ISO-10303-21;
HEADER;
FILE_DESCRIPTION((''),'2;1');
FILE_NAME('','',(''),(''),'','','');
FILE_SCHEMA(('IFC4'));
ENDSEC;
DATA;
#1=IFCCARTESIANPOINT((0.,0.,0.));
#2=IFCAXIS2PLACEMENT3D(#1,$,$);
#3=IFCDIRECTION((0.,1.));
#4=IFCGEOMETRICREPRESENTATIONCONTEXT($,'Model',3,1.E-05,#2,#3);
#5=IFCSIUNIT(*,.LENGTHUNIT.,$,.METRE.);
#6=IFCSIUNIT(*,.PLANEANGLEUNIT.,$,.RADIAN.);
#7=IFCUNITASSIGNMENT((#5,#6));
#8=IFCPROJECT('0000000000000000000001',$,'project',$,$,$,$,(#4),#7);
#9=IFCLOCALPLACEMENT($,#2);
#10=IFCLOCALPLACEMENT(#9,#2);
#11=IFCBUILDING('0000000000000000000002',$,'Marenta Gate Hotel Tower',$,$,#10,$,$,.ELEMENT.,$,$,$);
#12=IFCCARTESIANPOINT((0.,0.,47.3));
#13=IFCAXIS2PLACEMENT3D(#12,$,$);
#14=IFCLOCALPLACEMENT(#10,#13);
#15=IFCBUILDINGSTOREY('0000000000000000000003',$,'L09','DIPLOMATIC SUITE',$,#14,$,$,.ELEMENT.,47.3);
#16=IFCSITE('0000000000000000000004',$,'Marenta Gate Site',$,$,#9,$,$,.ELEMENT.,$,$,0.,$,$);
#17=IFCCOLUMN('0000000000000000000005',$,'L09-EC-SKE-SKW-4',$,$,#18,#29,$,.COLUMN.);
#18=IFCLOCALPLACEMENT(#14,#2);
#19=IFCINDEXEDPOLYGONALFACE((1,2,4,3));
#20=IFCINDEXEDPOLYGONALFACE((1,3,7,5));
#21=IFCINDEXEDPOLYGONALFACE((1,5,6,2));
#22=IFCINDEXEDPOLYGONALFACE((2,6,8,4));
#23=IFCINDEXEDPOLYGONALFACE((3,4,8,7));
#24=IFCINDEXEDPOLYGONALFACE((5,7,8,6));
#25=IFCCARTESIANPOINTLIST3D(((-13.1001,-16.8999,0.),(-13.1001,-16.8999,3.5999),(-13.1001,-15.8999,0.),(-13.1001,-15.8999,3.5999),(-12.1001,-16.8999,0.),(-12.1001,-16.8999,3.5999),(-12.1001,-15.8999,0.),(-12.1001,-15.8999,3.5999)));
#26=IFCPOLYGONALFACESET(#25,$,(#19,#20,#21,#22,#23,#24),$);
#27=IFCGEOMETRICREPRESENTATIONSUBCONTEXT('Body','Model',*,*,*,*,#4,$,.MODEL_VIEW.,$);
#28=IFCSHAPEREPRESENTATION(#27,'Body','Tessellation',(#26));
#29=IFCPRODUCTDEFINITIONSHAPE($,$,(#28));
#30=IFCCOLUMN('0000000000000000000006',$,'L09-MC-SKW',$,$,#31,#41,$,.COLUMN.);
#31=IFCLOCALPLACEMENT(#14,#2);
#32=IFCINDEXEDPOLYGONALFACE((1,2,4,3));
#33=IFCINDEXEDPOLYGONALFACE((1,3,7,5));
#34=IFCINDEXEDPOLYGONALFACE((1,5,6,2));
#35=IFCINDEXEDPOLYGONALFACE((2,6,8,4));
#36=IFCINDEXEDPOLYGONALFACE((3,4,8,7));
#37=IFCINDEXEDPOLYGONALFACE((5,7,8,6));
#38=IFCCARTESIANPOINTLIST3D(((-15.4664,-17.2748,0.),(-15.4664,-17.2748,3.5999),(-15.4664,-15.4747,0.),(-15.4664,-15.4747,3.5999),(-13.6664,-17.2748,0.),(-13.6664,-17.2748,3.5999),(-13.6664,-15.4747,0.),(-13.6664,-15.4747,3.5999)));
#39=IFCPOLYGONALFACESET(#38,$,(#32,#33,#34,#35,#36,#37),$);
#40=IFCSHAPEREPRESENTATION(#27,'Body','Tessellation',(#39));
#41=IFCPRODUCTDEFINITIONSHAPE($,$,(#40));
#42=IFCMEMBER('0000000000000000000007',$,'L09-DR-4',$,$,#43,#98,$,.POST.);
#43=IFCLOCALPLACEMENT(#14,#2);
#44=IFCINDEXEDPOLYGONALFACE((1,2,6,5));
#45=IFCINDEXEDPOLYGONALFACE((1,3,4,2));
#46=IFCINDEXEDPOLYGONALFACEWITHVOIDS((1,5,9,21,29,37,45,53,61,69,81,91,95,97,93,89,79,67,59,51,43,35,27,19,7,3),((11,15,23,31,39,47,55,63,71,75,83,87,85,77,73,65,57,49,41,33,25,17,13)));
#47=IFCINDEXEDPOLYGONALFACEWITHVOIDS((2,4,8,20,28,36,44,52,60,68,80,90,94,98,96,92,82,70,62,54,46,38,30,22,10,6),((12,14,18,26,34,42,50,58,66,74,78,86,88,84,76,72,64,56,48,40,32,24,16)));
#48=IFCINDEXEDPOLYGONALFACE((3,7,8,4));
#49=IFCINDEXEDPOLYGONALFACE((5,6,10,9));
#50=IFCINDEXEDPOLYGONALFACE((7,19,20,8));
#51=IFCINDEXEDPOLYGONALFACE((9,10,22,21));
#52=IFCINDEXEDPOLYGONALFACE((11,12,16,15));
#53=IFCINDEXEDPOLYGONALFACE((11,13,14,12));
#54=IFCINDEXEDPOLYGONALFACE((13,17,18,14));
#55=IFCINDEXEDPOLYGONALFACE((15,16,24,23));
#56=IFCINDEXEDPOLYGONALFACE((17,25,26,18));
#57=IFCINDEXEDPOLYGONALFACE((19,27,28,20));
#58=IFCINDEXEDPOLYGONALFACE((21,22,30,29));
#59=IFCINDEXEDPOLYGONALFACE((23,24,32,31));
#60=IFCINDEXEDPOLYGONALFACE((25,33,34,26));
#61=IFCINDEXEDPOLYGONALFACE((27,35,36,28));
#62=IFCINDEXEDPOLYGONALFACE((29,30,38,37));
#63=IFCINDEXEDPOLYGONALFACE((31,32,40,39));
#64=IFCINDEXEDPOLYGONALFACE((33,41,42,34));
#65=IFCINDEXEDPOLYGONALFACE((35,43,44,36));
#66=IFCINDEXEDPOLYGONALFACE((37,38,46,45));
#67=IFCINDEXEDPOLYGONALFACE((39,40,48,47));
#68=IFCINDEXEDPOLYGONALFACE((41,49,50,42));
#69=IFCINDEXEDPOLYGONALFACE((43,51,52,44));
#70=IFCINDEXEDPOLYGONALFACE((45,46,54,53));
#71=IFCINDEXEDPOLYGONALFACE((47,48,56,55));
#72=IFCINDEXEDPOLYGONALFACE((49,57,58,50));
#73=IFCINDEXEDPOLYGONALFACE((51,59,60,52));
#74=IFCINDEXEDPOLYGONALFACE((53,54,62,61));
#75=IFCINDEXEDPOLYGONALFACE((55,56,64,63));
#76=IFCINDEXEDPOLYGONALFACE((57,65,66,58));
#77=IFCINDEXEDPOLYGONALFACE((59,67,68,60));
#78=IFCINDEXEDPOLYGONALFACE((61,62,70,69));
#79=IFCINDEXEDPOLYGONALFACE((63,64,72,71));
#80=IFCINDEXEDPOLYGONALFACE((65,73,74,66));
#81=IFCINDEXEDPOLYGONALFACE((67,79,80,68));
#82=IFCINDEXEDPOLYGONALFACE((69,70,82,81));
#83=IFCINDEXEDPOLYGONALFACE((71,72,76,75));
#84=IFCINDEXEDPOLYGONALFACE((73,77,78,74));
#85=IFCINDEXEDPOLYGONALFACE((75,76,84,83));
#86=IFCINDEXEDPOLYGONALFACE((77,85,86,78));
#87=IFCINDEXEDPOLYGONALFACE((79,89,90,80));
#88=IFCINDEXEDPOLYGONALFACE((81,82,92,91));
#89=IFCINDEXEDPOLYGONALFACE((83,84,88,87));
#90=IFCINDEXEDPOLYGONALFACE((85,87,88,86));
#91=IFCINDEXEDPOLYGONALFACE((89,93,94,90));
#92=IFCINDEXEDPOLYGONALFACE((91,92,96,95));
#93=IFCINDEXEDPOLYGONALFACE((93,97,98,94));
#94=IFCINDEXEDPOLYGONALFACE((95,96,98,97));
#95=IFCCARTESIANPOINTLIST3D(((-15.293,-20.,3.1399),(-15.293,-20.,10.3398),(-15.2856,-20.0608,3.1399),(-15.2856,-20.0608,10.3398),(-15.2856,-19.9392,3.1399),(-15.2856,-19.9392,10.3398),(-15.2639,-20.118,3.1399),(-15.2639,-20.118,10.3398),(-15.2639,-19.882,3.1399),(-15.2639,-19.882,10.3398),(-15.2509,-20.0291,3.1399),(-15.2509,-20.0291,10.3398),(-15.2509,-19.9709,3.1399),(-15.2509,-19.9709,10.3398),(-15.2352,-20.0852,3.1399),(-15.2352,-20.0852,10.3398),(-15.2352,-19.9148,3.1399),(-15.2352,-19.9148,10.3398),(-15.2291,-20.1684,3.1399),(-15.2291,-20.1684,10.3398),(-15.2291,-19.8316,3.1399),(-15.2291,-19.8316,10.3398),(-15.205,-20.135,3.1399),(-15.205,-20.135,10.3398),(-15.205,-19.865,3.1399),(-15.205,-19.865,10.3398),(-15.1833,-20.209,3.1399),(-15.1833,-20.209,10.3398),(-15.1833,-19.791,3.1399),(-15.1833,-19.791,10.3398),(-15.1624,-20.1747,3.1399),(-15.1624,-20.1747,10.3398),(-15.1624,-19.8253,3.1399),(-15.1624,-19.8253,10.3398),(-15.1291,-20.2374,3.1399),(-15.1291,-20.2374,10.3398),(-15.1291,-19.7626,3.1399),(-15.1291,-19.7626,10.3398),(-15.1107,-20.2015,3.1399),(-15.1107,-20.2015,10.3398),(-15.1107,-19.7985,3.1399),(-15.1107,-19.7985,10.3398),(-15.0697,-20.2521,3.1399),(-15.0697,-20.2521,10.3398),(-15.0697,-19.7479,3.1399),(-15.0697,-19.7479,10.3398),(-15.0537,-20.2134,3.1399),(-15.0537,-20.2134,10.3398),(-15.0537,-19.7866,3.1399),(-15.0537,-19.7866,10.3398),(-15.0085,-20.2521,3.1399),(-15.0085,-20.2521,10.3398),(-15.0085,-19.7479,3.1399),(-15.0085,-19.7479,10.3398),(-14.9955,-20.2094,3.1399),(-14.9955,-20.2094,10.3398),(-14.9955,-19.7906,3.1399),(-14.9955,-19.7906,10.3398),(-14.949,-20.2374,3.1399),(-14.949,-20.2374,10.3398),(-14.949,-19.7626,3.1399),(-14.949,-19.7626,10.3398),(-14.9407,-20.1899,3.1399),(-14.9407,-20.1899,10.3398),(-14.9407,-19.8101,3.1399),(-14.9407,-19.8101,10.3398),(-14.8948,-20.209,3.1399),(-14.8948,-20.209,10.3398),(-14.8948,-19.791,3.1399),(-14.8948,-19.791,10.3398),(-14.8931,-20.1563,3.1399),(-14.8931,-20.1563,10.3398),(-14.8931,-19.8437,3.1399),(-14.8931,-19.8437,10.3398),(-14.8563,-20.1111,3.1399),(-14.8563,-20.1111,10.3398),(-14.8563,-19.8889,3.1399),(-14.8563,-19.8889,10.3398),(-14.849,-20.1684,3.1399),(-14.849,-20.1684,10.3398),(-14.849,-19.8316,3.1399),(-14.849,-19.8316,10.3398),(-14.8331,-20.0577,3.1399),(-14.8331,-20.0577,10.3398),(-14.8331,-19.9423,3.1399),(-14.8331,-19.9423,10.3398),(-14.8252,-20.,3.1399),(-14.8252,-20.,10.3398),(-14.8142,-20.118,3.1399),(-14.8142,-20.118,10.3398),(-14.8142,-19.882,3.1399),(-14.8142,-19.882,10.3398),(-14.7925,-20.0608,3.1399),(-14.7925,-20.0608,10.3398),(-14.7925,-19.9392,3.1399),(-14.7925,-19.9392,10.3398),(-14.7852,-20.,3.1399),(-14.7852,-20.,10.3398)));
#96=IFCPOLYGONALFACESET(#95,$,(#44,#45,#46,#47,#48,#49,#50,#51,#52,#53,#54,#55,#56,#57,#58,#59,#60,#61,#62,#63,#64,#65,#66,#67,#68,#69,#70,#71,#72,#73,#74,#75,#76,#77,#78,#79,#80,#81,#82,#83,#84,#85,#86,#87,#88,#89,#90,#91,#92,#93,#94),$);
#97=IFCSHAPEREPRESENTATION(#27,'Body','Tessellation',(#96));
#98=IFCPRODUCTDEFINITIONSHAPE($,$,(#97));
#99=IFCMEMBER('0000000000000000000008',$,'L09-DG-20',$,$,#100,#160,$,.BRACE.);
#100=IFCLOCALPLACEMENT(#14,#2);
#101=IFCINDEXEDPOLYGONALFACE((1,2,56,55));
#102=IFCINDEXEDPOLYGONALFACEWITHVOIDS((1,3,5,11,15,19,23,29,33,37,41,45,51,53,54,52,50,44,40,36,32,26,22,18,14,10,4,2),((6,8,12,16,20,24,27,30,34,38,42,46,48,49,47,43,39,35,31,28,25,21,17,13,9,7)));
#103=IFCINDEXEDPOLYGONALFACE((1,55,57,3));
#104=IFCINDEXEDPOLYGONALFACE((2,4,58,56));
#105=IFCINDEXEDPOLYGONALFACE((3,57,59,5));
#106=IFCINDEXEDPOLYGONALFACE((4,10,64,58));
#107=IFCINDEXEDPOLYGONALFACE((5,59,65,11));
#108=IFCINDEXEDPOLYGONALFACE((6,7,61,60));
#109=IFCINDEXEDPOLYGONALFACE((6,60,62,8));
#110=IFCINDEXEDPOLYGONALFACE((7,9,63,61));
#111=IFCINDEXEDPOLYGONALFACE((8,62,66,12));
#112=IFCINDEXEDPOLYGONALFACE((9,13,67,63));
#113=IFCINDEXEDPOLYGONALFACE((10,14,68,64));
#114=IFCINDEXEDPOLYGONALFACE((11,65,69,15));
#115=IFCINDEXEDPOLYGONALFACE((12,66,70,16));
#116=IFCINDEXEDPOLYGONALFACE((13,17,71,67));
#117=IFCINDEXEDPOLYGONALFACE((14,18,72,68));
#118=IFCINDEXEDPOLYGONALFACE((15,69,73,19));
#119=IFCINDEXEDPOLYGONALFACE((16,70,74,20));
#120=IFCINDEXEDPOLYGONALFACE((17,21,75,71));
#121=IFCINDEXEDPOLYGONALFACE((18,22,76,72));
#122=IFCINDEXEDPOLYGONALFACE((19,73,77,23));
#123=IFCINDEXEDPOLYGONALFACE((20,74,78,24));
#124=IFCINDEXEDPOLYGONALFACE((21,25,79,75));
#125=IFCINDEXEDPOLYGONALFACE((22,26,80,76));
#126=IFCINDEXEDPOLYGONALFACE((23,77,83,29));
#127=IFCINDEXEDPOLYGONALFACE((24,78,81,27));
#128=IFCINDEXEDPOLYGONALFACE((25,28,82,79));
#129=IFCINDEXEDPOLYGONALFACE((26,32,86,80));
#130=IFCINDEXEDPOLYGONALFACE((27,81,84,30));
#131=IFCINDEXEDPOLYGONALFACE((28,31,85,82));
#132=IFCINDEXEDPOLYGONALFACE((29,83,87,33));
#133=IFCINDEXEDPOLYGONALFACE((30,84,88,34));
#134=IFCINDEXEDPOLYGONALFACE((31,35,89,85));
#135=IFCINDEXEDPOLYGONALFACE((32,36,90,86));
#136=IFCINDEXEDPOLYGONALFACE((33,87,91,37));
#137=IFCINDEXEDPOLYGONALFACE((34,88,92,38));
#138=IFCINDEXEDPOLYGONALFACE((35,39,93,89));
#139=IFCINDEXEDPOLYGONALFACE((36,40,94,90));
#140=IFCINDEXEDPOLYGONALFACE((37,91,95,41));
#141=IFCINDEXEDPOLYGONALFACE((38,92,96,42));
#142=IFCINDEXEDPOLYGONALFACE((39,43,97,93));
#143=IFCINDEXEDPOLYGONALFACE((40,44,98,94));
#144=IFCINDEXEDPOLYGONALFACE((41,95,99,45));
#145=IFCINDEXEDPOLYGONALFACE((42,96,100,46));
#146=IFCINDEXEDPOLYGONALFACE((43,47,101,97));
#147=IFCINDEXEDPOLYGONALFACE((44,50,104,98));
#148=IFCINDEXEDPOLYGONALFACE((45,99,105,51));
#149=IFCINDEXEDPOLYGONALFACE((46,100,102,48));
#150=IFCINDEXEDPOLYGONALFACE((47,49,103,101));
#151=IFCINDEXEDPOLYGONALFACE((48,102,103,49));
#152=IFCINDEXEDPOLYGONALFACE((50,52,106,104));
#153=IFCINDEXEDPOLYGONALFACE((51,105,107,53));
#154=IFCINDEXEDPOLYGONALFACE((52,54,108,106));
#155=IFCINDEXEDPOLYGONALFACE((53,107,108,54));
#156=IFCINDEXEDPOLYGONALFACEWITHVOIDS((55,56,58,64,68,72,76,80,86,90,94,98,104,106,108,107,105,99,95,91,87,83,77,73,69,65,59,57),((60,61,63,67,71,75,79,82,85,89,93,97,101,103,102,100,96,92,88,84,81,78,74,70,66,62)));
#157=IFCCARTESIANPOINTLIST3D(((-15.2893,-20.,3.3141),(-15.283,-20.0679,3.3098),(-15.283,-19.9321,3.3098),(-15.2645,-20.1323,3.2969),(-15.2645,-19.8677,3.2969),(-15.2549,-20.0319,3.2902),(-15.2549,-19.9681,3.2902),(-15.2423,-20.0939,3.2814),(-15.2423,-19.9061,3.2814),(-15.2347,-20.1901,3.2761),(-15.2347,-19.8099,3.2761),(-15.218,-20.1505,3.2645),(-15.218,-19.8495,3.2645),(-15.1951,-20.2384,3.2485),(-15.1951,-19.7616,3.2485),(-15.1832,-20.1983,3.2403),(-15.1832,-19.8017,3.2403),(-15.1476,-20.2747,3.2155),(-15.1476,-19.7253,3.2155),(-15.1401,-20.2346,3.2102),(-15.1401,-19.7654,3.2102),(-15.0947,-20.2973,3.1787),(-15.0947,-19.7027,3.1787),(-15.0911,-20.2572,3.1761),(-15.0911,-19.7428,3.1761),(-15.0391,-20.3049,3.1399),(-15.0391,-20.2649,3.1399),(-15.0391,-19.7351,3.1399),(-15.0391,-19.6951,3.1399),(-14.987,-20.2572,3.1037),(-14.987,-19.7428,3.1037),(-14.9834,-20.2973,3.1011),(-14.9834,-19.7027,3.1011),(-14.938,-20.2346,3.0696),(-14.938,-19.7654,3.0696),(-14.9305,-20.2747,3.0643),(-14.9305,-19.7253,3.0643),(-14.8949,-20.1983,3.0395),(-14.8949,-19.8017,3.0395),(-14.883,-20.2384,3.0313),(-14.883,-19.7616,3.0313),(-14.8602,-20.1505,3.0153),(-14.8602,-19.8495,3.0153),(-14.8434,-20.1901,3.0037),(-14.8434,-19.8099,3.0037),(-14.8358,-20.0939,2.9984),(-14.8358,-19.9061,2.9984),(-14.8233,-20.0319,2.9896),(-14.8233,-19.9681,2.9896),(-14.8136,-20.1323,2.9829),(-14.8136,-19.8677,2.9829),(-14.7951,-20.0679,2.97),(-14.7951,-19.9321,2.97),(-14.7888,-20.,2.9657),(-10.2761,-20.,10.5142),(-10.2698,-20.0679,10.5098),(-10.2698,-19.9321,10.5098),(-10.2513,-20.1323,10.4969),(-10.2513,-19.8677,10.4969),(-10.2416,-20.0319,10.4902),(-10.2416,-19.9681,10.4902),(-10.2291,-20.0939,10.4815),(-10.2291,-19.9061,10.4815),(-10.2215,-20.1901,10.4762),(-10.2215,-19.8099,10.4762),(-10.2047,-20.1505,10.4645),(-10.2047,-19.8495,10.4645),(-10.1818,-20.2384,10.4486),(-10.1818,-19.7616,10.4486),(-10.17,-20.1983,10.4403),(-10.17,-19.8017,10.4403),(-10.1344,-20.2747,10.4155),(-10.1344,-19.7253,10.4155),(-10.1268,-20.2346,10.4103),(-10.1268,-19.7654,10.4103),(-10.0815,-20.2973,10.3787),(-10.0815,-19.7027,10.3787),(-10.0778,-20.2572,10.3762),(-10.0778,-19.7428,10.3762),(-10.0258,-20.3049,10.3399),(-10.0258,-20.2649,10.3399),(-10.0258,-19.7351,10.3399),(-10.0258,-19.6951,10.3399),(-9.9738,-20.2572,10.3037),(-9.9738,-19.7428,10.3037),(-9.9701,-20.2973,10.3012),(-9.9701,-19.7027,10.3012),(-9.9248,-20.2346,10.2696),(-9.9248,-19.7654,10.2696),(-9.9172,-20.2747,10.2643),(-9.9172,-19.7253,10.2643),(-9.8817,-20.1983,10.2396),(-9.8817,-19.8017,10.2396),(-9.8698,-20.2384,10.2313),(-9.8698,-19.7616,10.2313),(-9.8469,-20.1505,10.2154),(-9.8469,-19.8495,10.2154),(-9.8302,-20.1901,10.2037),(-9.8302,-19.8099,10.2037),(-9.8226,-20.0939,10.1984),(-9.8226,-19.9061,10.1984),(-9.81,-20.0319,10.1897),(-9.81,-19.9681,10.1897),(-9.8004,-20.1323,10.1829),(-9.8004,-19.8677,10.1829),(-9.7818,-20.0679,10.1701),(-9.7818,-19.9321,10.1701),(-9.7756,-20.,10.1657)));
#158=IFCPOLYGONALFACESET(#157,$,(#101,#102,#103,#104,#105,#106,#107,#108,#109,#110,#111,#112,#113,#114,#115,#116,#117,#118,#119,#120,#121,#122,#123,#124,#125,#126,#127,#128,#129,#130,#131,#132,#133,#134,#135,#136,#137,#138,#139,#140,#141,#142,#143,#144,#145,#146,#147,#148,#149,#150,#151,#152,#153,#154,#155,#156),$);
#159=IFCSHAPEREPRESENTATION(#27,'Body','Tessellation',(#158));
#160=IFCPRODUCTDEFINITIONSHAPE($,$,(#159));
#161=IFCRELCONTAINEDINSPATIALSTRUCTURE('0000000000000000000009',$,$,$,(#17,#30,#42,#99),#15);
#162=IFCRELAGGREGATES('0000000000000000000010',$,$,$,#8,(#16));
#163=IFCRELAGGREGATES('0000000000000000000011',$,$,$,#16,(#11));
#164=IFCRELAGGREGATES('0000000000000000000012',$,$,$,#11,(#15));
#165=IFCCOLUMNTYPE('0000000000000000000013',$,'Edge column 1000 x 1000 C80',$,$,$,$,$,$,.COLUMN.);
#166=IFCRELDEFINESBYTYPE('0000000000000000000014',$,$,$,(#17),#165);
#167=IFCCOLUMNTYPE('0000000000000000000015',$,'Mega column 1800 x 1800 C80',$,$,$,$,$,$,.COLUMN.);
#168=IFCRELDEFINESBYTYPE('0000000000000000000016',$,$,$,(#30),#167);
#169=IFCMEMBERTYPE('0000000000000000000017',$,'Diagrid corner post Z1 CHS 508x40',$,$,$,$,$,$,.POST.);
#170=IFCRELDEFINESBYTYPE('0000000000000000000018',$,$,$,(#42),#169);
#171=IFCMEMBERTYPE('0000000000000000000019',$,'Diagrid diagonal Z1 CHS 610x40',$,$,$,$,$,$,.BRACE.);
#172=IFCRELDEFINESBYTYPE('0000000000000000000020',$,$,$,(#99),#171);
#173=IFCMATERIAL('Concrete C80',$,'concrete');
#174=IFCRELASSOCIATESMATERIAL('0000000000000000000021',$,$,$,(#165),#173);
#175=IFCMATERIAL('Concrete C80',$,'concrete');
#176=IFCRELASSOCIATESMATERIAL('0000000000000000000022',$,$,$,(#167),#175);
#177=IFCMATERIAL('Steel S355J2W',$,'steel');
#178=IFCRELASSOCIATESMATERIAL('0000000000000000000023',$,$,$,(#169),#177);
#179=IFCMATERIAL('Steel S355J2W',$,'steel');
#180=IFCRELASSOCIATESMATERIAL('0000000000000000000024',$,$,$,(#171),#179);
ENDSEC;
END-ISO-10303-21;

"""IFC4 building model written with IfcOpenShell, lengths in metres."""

from ifc_helpers import new_model, si_unit, direction, frame, origin, origin_2d, place, context, subcontext, project, spatial, rectangle, hollow_circle, extrude, material, material_profile, profile_set, type_object, element, save


model = new_model("IFC4")

# Units and contexts
model_context = context("Model", 3, precision=1e-05, world=origin(), true_north=direction((0.0, 1.0)))
body_context = subcontext(model_context, "Body", "Model", "MODEL_VIEW")
ifc_project = project(units=[si_unit("LENGTHUNIT", "METRE"), si_unit("PLANEANGLEUNIT", "RADIAN")], contexts=[model_context])

# Site, building, storey
site_placement = place(None, origin())
site = spatial("IfcSite", under=ifc_project, at=site_placement, Name="Marenta Gate Site", CompositionType="ELEMENT", RefElevation=0.0)
building_placement = place(site_placement, origin())
building = spatial("IfcBuilding", under=site, at=building_placement, Name="Marenta Gate Hotel Tower", CompositionType="ELEMENT")
storey_placement = place(building_placement, frame((0.0, 0.0, 47.3)))
storey = spatial("IfcBuildingStorey", under=building, at=storey_placement, Name="L09", Description="DIPLOMATIC SUITE", CompositionType="ELEMENT", Elevation=47.3)

# Columns
ifc_material_1 = material(Name="Concrete C80", Category="concrete")
ifc_material_profile_1 = material_profile(ifc_material_1, rectangle(XDim=1.0, YDim=1.0, at=origin_2d()), Name="1000 x 1000")
ifc_profile_set_1 = profile_set([ifc_material_profile_1], Name="Concrete C80")
column_type_1 = type_object("IfcColumnType", Name="Edge column 1000 x 1000 C80", PredefinedType="COLUMN", material=ifc_profile_set_1)
column_1_placement = place(storey_placement, frame((-12.6001, -16.3999, 0.0), z_axis=(0.0, 0.0, 1.0), x_axis=(1.0, 0.0, 0.0)))
element("IfcColumn", 1, at=column_1_placement, inside=storey, type_object=column_type_1, Name="L09-EC-SKE-SKW-4", PredefinedType="COLUMN", context=body_context, shape_type="SweptSolid", body=[
    extrude(rectangle(XDim=1.0, YDim=1.0, at=origin_2d()), origin(), (0.0, 0.0, 1.0), 3.5999),
])
ifc_material_2 = material(Name="Concrete C80", Category="concrete")
ifc_material_profile_2 = material_profile(ifc_material_2, rectangle(XDim=1.8, YDim=1.8, at=origin_2d()), Name="1800 x 1800")
ifc_profile_set_2 = profile_set([ifc_material_profile_2], Name="Concrete C80")
column_type_2 = type_object("IfcColumnType", Name="Mega column 1800 x 1800 C80", PredefinedType="COLUMN", material=ifc_profile_set_2)
column_2_placement = place(storey_placement, frame((-14.5664, -16.3748, 0.0), z_axis=(0.0, 0.0, 1.0), x_axis=(1.0, 0.0, 0.0)))
element("IfcColumn", 2, at=column_2_placement, inside=storey, type_object=column_type_2, Name="L09-MC-SKW", PredefinedType="COLUMN", context=body_context, shape_type="SweptSolid", body=[
    extrude(rectangle(XDim=1.8, YDim=1.8, at=origin_2d()), origin(), (0.0, 0.0, 1.0), 3.5999),
])

# Members
ifc_material_3 = material(Name="Steel S355J2W", Category="steel")
ifc_material_profile_3 = material_profile(ifc_material_3, hollow_circle(Radius=0.2539, WallThickness=0.04, at=origin_2d()), Name="CHS 508x40")
ifc_profile_set_3 = profile_set([ifc_material_profile_3], Name="Steel S355J2W")
member_type_1 = type_object("IfcMemberType", Name="Diagrid corner post Z1 CHS 508x40", PredefinedType="POST", material=ifc_profile_set_3)
member_1_placement = place(storey_placement, frame((-15.0391, -20.0, 3.1399), z_axis=(0.0, 0.0, 1.0), x_axis=(1.0, 0.0, 0.0)))
element("IfcMember", 3, at=member_1_placement, inside=storey, type_object=member_type_1, Name="L09-DR-4", PredefinedType="POST", context=body_context, shape_type="SweptSolid", body=[
    extrude(hollow_circle(Radius=0.2539, WallThickness=0.04, at=origin_2d()), origin(), (0.0, 0.0, 1.0), 7.2),
])
ifc_material_4 = material(Name="Steel S355J2W", Category="steel")
ifc_material_profile_4 = material_profile(ifc_material_4, hollow_circle(Radius=0.3049, WallThickness=0.04, at=origin_2d()), Name="CHS 610x40")
ifc_profile_set_4 = profile_set([ifc_material_profile_4], Name="Steel S355J2W")
member_type_2 = type_object("IfcMemberType", Name="Diagrid diagonal Z1 CHS 610x40", PredefinedType="BRACE", material=ifc_profile_set_4)
member_2_placement = place(storey_placement, frame((-15.0391, -20.0, 3.1399), z_axis=(0.571412, 0.0, 0.820664), x_axis=(0.0, 1.0, 0.0)))
element("IfcMember", 4, at=member_2_placement, inside=storey, type_object=member_type_2, Name="L09-DG-20", PredefinedType="BRACE", context=body_context, shape_type="SweptSolid", body=[
    extrude(hollow_circle(Radius=0.3049, WallThickness=0.04, at=origin_2d()), origin(), (0.0, 0.0, 1.0), 8.7734),
])

save(model, "model.ifc")
